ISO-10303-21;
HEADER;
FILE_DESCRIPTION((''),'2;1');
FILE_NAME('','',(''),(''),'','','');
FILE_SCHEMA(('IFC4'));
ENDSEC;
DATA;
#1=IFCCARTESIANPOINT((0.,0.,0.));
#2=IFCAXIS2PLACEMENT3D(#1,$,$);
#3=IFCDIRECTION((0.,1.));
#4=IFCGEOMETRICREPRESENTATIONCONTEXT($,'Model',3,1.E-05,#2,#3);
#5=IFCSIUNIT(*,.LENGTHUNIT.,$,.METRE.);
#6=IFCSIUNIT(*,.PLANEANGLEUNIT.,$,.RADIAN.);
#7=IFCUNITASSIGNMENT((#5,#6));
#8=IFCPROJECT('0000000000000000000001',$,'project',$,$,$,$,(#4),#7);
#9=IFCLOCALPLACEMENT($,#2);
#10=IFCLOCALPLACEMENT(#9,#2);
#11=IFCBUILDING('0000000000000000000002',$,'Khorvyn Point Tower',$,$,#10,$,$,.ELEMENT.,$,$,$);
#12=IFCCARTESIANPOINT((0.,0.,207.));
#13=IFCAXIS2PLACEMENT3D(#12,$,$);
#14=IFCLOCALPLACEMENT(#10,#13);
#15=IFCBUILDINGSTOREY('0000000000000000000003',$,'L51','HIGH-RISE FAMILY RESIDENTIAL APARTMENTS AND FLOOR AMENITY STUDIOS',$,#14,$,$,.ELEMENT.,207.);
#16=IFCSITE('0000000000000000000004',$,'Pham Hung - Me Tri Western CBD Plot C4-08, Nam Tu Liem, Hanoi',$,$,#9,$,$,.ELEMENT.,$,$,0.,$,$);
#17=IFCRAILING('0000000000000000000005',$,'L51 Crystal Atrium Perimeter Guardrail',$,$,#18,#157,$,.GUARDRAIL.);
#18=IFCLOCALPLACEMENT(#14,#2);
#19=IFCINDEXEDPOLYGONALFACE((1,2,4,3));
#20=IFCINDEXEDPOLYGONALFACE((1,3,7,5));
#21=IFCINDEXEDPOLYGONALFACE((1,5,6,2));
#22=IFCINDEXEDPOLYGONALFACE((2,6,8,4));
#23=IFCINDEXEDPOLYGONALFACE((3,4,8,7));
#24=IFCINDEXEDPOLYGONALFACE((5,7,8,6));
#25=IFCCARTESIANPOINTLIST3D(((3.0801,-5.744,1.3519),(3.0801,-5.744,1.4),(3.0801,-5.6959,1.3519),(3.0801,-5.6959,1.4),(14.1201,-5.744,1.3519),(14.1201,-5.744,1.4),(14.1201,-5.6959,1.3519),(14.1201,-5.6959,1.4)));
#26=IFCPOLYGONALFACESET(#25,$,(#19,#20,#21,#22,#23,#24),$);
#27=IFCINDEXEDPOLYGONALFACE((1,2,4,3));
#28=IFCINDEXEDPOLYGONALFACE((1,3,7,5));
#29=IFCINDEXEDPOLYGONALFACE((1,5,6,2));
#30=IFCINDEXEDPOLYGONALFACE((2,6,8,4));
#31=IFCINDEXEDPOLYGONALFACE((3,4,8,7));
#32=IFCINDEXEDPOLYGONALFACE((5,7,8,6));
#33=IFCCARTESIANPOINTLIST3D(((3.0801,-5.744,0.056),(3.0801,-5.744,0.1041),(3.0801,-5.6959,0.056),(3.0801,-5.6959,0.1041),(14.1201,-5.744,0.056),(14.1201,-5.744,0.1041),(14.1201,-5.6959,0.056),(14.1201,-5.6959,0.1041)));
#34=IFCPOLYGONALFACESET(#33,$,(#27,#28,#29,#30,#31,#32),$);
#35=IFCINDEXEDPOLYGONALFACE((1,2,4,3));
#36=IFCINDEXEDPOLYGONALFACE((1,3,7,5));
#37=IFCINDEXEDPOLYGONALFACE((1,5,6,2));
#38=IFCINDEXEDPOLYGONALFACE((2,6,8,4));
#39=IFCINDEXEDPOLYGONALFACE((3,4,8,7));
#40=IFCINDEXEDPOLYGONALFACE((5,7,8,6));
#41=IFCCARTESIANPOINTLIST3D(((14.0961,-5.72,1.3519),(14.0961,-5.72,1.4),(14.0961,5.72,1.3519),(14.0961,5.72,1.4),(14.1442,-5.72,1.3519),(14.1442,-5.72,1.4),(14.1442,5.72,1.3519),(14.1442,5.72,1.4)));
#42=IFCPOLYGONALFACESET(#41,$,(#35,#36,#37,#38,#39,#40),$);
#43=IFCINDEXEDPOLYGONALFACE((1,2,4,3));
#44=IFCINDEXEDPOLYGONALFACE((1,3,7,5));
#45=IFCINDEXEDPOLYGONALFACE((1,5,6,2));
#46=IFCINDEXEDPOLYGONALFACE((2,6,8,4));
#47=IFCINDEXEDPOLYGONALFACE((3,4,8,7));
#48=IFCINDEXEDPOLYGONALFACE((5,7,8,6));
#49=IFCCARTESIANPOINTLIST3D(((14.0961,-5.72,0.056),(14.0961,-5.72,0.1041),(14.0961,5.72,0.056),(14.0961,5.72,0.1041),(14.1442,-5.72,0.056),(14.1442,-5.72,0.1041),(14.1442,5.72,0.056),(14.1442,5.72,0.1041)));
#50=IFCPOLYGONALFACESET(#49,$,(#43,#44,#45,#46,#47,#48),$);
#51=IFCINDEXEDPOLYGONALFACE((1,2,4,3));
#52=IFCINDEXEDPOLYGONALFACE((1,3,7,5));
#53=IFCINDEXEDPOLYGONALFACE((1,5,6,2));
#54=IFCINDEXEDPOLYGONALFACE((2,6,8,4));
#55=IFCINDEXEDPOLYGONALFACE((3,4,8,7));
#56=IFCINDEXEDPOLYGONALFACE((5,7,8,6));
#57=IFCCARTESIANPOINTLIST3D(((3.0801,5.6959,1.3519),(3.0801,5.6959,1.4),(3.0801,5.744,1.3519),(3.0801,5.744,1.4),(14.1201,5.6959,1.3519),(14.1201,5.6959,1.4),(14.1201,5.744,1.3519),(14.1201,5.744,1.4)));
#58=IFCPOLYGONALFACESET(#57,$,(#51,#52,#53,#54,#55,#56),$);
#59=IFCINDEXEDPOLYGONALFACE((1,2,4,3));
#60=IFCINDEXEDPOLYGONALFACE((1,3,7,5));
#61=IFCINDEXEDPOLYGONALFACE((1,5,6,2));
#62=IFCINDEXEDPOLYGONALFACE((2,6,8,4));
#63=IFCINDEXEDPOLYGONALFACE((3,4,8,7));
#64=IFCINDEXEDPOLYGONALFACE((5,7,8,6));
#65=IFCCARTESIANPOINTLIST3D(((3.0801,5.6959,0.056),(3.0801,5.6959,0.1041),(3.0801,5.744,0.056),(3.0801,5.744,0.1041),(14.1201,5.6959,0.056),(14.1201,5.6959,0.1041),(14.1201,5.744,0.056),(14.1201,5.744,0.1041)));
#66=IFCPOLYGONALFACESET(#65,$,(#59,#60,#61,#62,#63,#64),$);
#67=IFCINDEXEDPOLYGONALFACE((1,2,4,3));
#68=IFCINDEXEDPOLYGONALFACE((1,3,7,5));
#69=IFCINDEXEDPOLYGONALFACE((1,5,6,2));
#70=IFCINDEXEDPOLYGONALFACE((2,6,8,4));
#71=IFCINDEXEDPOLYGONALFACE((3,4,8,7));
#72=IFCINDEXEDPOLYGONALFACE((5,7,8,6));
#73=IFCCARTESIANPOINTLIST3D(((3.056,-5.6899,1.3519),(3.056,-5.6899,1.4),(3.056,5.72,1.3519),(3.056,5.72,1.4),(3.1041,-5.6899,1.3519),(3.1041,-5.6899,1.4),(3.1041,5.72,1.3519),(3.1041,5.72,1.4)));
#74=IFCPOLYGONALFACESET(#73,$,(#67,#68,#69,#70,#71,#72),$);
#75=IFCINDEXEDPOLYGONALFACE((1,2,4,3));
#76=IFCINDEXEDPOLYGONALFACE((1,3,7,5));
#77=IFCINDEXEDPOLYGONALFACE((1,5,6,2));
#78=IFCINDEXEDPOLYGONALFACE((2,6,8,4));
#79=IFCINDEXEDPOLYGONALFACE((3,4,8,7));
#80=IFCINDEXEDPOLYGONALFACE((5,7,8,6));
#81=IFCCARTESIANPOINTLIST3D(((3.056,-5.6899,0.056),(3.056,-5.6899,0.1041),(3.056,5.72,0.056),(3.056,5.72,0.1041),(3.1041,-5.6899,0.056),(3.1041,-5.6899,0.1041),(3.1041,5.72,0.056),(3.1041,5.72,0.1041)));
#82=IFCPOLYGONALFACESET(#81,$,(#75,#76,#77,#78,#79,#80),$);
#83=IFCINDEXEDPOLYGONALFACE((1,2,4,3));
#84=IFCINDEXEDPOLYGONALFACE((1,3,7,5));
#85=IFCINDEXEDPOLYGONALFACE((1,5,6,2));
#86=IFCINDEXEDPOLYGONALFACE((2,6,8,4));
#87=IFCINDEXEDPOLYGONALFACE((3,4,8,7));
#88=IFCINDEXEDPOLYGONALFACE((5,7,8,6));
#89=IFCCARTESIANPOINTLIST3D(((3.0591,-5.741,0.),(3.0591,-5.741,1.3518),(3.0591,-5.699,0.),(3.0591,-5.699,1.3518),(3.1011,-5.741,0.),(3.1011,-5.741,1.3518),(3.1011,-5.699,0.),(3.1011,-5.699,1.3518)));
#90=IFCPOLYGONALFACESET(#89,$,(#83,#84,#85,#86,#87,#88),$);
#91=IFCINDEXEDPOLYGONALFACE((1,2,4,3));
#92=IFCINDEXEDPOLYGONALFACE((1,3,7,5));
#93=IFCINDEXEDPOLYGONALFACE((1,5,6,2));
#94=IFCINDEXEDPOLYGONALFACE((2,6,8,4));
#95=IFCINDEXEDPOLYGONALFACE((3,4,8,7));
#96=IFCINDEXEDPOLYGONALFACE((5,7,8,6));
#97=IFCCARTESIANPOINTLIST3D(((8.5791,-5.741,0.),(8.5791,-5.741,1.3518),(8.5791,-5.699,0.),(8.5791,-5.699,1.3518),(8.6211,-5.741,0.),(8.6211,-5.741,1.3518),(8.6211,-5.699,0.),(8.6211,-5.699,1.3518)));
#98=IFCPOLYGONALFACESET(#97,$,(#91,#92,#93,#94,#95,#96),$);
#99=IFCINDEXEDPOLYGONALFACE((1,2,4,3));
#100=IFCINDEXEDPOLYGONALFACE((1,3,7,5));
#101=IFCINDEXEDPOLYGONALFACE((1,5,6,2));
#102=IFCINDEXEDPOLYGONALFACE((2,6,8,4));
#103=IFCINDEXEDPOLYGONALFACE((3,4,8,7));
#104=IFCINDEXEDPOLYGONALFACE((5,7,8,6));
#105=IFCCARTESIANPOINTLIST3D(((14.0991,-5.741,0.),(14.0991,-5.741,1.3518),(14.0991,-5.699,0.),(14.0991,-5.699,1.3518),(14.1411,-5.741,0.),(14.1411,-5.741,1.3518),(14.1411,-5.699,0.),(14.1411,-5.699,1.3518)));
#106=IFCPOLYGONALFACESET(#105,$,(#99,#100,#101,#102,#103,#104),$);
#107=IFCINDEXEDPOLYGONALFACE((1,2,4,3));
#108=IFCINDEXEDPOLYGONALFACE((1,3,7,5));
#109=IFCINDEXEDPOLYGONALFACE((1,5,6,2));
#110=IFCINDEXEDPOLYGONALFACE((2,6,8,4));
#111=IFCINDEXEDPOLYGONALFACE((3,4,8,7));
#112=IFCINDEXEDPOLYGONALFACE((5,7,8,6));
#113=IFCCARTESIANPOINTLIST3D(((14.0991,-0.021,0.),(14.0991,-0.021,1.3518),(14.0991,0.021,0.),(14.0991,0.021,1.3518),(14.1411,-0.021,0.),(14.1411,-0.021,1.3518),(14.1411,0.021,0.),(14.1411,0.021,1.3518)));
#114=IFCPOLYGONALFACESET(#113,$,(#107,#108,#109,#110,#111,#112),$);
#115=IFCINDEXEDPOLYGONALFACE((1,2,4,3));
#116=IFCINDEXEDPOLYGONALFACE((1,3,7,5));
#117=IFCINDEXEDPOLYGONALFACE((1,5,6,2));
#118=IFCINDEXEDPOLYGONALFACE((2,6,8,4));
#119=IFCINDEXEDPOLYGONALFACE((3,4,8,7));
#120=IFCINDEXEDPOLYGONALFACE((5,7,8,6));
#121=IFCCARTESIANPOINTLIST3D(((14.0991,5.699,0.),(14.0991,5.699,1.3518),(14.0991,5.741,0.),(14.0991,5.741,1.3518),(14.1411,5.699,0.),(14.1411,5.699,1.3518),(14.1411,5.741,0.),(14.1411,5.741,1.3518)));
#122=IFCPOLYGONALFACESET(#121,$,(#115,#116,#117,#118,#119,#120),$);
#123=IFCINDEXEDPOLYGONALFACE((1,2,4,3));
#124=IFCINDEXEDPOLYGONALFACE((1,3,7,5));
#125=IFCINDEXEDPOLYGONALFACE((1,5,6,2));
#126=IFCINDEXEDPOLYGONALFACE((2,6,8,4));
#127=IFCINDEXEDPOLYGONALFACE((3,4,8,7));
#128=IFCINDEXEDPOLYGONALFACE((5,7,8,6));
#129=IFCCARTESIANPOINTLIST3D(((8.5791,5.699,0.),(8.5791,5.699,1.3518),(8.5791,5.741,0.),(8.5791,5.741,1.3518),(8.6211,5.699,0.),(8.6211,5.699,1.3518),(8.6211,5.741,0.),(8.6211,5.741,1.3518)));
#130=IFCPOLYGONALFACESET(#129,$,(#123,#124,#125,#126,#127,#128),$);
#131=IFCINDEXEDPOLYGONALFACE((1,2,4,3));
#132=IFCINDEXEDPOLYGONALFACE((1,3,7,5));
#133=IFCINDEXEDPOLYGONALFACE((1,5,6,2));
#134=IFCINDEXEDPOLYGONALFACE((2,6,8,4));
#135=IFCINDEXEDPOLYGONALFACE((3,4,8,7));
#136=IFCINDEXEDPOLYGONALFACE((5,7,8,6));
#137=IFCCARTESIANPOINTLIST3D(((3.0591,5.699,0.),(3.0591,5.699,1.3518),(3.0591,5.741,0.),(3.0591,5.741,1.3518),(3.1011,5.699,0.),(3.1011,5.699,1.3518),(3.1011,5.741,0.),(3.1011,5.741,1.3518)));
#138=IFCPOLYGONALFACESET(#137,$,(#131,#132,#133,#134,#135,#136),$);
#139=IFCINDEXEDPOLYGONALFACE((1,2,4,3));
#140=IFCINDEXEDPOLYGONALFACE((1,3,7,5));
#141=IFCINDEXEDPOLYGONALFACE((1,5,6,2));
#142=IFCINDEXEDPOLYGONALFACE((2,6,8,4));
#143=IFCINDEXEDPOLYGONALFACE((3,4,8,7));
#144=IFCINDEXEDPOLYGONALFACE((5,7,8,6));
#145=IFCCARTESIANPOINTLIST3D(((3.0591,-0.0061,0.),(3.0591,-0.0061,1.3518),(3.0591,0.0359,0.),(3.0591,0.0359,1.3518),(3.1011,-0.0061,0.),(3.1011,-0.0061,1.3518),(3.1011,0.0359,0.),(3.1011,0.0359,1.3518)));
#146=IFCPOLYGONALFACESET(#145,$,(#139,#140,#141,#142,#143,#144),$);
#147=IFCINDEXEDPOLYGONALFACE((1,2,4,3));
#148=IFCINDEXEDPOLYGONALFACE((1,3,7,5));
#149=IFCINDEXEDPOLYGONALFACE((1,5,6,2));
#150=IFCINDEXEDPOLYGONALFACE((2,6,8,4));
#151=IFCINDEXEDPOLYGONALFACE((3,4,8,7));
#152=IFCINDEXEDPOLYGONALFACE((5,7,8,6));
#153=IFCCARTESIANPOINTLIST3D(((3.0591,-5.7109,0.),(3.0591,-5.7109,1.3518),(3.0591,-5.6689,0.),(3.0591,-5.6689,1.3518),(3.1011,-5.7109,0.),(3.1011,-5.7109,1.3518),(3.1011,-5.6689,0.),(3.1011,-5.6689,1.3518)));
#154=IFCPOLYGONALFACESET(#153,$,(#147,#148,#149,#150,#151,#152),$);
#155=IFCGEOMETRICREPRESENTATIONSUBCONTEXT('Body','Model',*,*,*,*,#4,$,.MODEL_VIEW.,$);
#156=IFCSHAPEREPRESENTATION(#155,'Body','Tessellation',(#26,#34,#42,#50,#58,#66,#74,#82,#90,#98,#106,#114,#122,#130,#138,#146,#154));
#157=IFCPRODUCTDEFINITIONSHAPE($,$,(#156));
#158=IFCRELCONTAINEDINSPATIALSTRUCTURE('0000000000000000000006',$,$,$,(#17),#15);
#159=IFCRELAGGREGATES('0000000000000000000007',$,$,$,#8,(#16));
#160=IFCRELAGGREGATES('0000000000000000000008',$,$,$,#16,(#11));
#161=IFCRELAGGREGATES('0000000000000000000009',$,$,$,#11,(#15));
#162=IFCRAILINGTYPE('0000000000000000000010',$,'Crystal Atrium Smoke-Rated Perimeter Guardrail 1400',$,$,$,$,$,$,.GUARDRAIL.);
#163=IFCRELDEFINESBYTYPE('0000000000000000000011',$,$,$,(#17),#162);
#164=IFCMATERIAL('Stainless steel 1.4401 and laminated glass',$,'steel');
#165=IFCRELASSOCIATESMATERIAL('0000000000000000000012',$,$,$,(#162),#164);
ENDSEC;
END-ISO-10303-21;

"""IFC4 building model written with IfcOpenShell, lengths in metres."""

from ifc_helpers import new_model, si_unit, direction, frame, origin, origin_2d, place, context, subcontext, project, spatial, rectangle, extrude, material, type_object, element, save


model = new_model("IFC4")

# Units and contexts
model_context = context("Model", 3, precision=1e-05, world=origin(), true_north=direction((0.0, 1.0)))
body_context = subcontext(model_context, "Body", "Model", "MODEL_VIEW")
ifc_project = project(units=[si_unit("LENGTHUNIT", "METRE"), si_unit("PLANEANGLEUNIT", "RADIAN")], contexts=[model_context])

# Site, building, storey
site_placement = place(None, origin())
site = spatial("IfcSite", under=ifc_project, at=site_placement, Name="Pham Hung - Me Tri Western CBD Plot C4-08, Nam Tu Liem, Hanoi", CompositionType="ELEMENT", RefElevation=0.0)
building_placement = place(site_placement, origin())
building = spatial("IfcBuilding", under=site, at=building_placement, Name="Khorvyn Point Tower", CompositionType="ELEMENT")
storey_placement = place(building_placement, frame((0.0, 0.0, 207.0)))
storey = spatial("IfcBuildingStorey", under=building, at=storey_placement, Name="L51", Description="HIGH-RISE FAMILY RESIDENTIAL APARTMENTS AND FLOOR AMENITY STUDIOS", CompositionType="ELEMENT", Elevation=207.0)

# Railing
ifc_material_1 = material(Name="Stainless steel 1.4401 and laminated glass", Category="steel")
railing_type = type_object("IfcRailingType", Name="Crystal Atrium Smoke-Rated Perimeter Guardrail 1400", PredefinedType="GUARDRAIL", material=ifc_material_1)
railing_placement = place(storey_placement, frame((3.0801, -5.72, 0.0)))
element("IfcRailing", 1, at=railing_placement, inside=storey, type_object=railing_type, Name="L51 Crystal Atrium Perimeter Guardrail", PredefinedType="GUARDRAIL", context=body_context, shape_type="SweptSolid", body=[
    extrude(rectangle(XDim=0.0481, YDim=0.0481, at=origin_2d()), frame((0.0, 0.0, 1.376), z_axis=(1.0, 0.0, 0.0), x_axis=(0.0, 1.0, 0.0)), (0.0, 0.0, 1.0), 11.04),
    extrude(rectangle(XDim=0.0481, YDim=0.0481, at=origin_2d()), frame((0.0, 0.0, 0.0801), z_axis=(1.0, 0.0, 0.0), x_axis=(0.0, 1.0, 0.0)), (0.0, 0.0, 1.0), 11.04),
    extrude(rectangle(XDim=0.0481, YDim=0.0481, at=origin_2d()), frame((11.04, 0.0, 1.376), z_axis=(0.0, 1.0, 0.0), x_axis=(-1.0, 0.0, 0.0)), (0.0, 0.0, 1.0), 11.4399),
    extrude(rectangle(XDim=0.0481, YDim=0.0481, at=origin_2d()), frame((11.04, 0.0, 0.0801), z_axis=(0.0, 1.0, 0.0), x_axis=(-1.0, 0.0, 0.0)), (0.0, 0.0, 1.0), 11.4399),
    extrude(rectangle(XDim=0.0481, YDim=0.0481, at=origin_2d()), frame((11.04, 11.4399, 1.376), z_axis=(-1.0, 0.0, 0.0), x_axis=(0.0, -1.0, 0.0)), (0.0, 0.0, 1.0), 11.04),
    extrude(rectangle(XDim=0.0481, YDim=0.0481, at=origin_2d()), frame((11.04, 11.4399, 0.0801), z_axis=(-1.0, 0.0, 0.0), x_axis=(0.0, -1.0, 0.0)), (0.0, 0.0, 1.0), 11.04),
    extrude(rectangle(XDim=0.0481, YDim=0.0481, at=origin_2d()), frame((0.0, 11.4399, 1.376), z_axis=(0.0, -1.0, 0.0), x_axis=(1.0, 0.0, 0.0)), (0.0, 0.0, 1.0), 11.4099),
    extrude(rectangle(XDim=0.0481, YDim=0.0481, at=origin_2d()), frame((0.0, 11.4399, 0.0801), z_axis=(0.0, -1.0, 0.0), x_axis=(1.0, 0.0, 0.0)), (0.0, 0.0, 1.0), 11.4099),
    extrude(rectangle(XDim=0.042, YDim=0.042, at=origin_2d()), origin(), (0.0, 0.0, 1.0), 1.3518),
    extrude(rectangle(XDim=0.042, YDim=0.042, at=origin_2d()), frame((5.52, 0.0, 0.0)), (0.0, 0.0, 1.0), 1.3518),
    extrude(rectangle(XDim=0.042, YDim=0.042, at=origin_2d()), frame((11.04, 0.0, 0.0)), (0.0, 0.0, 1.0), 1.3518),
    extrude(rectangle(XDim=0.042, YDim=0.042, at=origin_2d()), frame((11.04, 5.72, 0.0)), (0.0, 0.0, 1.0), 1.3518),
    extrude(rectangle(XDim=0.042, YDim=0.042, at=origin_2d()), frame((11.04, 11.4399, 0.0)), (0.0, 0.0, 1.0), 1.3518),
    extrude(rectangle(XDim=0.042, YDim=0.042, at=origin_2d()), frame((5.52, 11.4399, 0.0)), (0.0, 0.0, 1.0), 1.3518),
    extrude(rectangle(XDim=0.042, YDim=0.042, at=origin_2d()), frame((0.0, 11.4399, 0.0)), (0.0, 0.0, 1.0), 1.3518),
    extrude(rectangle(XDim=0.042, YDim=0.042, at=origin_2d()), frame((0.0, 5.7349, 0.0)), (0.0, 0.0, 1.0), 1.3518),
    extrude(rectangle(XDim=0.042, YDim=0.042, at=origin_2d()), frame((0.0, 0.03, 0.0)), (0.0, 0.0, 1.0), 1.3518),
])

save(model, "model.ifc")
